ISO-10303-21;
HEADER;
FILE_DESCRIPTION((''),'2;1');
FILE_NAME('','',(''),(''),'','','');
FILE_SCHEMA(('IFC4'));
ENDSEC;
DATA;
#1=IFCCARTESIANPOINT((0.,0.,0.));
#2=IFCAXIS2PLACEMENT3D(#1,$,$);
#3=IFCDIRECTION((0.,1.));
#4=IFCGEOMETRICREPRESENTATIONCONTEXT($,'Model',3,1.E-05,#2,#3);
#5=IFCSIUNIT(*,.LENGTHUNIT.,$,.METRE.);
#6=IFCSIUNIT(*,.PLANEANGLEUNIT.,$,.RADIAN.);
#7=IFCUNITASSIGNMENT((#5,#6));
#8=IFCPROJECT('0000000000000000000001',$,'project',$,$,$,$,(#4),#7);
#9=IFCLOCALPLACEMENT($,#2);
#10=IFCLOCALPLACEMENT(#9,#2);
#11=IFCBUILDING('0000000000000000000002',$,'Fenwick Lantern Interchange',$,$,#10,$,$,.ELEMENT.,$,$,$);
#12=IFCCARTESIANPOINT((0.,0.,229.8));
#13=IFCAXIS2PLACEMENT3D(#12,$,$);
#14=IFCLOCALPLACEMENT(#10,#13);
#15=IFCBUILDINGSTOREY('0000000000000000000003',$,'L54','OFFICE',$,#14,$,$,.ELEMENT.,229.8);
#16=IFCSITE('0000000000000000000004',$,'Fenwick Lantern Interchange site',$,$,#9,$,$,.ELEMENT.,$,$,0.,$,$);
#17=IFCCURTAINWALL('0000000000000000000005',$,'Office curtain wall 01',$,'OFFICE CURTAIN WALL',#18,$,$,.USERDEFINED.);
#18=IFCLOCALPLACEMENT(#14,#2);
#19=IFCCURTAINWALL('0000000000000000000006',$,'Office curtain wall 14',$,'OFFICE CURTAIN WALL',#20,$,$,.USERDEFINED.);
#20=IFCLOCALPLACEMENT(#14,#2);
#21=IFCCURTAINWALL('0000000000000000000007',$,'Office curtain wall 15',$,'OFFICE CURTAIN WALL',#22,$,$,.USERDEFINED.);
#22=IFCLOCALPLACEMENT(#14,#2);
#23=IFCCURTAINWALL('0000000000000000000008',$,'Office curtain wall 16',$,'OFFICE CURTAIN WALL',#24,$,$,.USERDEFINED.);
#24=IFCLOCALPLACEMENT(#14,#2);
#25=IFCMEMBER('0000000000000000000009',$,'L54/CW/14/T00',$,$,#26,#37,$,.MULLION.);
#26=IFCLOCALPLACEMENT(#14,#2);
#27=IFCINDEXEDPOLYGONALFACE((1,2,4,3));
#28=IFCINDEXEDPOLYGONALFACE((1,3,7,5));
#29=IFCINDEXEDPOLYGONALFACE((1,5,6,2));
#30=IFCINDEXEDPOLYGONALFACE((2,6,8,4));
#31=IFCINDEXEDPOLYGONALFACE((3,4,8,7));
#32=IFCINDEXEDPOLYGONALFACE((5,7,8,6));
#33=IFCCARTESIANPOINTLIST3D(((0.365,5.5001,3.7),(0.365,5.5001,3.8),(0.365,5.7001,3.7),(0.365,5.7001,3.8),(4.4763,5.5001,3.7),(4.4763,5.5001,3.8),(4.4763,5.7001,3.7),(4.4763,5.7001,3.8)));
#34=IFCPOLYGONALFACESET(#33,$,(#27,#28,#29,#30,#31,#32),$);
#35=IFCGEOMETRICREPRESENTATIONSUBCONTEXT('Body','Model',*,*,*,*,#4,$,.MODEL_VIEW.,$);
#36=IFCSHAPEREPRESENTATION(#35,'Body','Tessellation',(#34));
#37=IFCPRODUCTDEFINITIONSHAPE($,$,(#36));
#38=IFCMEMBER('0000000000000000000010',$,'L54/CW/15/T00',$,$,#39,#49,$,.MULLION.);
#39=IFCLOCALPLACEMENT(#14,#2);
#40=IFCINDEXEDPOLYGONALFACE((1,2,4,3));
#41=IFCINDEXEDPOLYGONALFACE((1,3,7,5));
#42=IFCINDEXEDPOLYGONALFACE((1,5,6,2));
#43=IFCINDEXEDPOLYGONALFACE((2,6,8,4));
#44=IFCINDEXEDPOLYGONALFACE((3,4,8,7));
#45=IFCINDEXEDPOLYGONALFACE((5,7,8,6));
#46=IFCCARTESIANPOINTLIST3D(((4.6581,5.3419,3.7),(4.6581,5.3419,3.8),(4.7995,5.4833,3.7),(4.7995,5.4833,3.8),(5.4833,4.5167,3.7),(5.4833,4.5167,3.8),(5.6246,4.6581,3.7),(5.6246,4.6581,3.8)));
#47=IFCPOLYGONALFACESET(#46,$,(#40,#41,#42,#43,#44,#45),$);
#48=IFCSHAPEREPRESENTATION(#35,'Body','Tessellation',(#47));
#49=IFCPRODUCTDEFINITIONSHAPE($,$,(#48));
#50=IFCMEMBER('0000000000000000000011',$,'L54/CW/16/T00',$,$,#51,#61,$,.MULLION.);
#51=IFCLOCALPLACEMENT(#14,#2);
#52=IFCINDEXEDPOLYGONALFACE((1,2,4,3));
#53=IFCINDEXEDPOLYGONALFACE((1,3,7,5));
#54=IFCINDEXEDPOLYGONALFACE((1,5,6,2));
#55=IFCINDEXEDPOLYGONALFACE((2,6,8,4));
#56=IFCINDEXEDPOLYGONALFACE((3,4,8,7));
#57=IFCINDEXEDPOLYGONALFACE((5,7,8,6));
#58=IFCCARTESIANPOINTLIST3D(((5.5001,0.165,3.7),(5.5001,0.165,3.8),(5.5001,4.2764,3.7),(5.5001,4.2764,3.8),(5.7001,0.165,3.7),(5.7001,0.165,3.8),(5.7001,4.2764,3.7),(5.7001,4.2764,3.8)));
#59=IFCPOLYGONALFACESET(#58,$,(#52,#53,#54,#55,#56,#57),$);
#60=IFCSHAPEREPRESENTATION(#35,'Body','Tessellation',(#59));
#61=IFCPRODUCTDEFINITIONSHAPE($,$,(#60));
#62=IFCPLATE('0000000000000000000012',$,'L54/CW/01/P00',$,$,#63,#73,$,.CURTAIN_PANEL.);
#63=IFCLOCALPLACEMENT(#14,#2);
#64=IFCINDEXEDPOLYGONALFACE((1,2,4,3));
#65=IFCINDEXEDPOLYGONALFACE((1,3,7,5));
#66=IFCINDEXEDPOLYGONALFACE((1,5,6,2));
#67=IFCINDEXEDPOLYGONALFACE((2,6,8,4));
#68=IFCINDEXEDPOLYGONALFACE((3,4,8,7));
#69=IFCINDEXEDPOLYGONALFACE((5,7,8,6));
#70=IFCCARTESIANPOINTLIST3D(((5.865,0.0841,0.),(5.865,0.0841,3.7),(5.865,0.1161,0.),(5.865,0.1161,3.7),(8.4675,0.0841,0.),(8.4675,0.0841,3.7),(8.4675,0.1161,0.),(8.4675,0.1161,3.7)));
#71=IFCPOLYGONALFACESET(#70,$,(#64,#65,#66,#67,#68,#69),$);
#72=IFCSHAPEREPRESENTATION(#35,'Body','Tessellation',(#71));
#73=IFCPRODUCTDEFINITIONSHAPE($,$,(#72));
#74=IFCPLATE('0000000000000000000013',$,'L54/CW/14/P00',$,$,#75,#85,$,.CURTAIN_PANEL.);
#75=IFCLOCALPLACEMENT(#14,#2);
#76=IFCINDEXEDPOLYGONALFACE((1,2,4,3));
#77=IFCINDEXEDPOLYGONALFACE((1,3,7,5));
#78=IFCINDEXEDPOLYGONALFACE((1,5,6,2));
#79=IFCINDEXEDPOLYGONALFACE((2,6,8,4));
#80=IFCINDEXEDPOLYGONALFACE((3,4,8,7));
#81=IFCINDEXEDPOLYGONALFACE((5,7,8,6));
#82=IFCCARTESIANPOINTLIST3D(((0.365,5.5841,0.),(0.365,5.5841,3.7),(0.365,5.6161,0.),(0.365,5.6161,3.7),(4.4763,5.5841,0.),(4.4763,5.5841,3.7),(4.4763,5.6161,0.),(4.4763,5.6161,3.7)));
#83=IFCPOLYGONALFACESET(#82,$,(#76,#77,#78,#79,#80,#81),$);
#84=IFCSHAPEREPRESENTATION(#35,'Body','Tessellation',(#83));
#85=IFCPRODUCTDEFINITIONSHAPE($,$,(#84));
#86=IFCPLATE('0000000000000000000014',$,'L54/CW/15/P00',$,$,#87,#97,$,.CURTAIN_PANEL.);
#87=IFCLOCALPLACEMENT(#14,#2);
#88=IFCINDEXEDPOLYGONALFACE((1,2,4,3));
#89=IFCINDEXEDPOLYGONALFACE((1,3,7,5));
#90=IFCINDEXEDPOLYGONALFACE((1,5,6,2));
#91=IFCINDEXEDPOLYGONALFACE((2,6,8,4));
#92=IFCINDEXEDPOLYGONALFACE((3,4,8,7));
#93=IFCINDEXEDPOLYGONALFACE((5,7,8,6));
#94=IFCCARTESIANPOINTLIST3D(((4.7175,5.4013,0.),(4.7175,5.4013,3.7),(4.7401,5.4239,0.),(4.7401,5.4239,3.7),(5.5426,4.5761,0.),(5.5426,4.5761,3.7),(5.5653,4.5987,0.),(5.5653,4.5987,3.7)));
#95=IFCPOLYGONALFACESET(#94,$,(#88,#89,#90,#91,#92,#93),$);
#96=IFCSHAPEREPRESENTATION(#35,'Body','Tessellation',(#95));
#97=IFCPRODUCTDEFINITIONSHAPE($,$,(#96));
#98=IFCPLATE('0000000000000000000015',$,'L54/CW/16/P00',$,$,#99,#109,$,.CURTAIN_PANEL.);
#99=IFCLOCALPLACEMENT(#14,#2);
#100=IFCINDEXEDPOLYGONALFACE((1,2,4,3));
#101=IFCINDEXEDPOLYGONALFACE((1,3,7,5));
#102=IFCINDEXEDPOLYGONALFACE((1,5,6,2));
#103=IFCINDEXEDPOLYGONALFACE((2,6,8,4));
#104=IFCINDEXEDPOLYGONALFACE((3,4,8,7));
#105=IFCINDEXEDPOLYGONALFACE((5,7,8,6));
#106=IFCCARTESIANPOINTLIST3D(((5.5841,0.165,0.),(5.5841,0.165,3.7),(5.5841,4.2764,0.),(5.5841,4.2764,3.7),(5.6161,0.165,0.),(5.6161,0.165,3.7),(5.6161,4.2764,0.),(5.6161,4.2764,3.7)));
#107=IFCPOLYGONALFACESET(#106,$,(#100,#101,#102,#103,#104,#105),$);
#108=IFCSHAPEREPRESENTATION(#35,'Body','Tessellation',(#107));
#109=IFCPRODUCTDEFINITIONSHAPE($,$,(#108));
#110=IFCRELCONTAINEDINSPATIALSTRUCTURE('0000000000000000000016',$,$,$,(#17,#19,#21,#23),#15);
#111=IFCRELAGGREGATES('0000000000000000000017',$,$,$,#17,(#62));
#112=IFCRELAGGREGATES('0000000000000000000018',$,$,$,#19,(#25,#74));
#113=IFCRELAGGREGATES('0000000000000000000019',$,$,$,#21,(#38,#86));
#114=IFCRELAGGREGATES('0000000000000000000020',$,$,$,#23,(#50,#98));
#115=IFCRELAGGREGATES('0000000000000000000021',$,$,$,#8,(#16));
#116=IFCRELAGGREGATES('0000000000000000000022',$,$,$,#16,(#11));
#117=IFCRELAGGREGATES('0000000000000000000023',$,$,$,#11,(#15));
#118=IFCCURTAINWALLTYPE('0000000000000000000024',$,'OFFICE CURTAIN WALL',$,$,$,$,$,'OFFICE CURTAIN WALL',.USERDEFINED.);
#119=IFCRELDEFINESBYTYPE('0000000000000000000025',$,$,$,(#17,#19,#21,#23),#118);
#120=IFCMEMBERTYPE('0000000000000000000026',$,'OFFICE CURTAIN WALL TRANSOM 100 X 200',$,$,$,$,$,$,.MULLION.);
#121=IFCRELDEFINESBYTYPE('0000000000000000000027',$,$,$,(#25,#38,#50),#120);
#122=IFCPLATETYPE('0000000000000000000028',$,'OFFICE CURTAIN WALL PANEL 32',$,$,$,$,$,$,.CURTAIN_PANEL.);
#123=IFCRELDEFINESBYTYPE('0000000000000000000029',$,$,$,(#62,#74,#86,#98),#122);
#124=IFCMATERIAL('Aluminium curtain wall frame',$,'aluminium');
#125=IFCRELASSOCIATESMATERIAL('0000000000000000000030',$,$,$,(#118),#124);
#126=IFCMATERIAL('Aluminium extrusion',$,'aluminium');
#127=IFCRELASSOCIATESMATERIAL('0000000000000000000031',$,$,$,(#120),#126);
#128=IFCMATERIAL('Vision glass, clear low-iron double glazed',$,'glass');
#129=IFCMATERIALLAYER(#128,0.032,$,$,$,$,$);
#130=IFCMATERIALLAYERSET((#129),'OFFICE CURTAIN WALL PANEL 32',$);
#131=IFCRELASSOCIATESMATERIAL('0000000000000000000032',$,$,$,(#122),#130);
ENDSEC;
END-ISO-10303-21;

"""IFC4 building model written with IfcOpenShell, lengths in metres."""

from ifc_helpers import new_model, si_unit, direction, frame, origin, origin_2d, place, context, subcontext, project, spatial, rectangle, extrude, material, layer, layer_set, material_profile, profile_set, type_object, element, aggregate, save


model = new_model("IFC4")

# Units and contexts
model_context = context("Model", 3, precision=1e-05, world=origin(), true_north=direction((0.0, 1.0)))
body_context = subcontext(model_context, "Body", "Model", "MODEL_VIEW")
ifc_project = project(units=[si_unit("LENGTHUNIT", "METRE"), si_unit("PLANEANGLEUNIT", "RADIAN")], contexts=[model_context])

# Site, building, storey
site_placement = place(None, origin())
site = spatial("IfcSite", under=ifc_project, at=site_placement, Name="Fenwick Lantern Interchange site", CompositionType="ELEMENT", RefElevation=0.0)
building_placement = place(site_placement, origin())
building = spatial("IfcBuilding", under=site, at=building_placement, Name="Fenwick Lantern Interchange", CompositionType="ELEMENT")
storey_placement = place(building_placement, frame((0.0, 0.0, 229.8)))
storey = spatial("IfcBuildingStorey", under=building, at=storey_placement, Name="L54", Description="OFFICE", CompositionType="ELEMENT", Elevation=229.8)

# Curtain wall
ifc_material_1 = material(Name="Aluminium curtain wall frame", Category="aluminium")
curtain_wall_type = type_object("IfcCurtainWallType", Name="OFFICE CURTAIN WALL", ElementType="OFFICE CURTAIN WALL", PredefinedType="USERDEFINED", material=ifc_material_1)
curtain_wall_1_placement = place(storey_placement, origin())
curtain_wall_1 = element("IfcCurtainWall", 1, at=curtain_wall_1_placement, inside=storey, type_object=curtain_wall_type, Name="Office curtain wall 01", ObjectType="OFFICE CURTAIN WALL", PredefinedType="USERDEFINED")
ifc_material_2 = material(Name="Aluminium extrusion", Category="aluminium")

# Curtain walls
curtain_wall_2_placement = place(storey_placement, origin())
curtain_wall_2 = element("IfcCurtainWall", 2, at=curtain_wall_2_placement, inside=storey, type_object=curtain_wall_type, Name="Office curtain wall 14", ObjectType="OFFICE CURTAIN WALL", PredefinedType="USERDEFINED")
curtain_wall_3_placement = place(storey_placement, origin())
curtain_wall_3 = element("IfcCurtainWall", 3, at=curtain_wall_3_placement, inside=storey, type_object=curtain_wall_type, Name="Office curtain wall 15", ObjectType="OFFICE CURTAIN WALL", PredefinedType="USERDEFINED")
curtain_wall_4_placement = place(storey_placement, origin())
curtain_wall_4 = element("IfcCurtainWall", 4, at=curtain_wall_4_placement, inside=storey, type_object=curtain_wall_type, Name="Office curtain wall 16", ObjectType="OFFICE CURTAIN WALL", PredefinedType="USERDEFINED")

# Members
ifc_material_profile_1 = material_profile(ifc_material_2, rectangle(XDim=0.2, YDim=0.1001, at=origin_2d()), Name="OFFICE CURTAIN WALL TRANSOM 100 X 200")
ifc_profile_set_1 = profile_set([ifc_material_profile_1], Name="Aluminium extrusion")
member_type_1 = type_object("IfcMemberType", Name="OFFICE CURTAIN WALL TRANSOM 100 X 200", PredefinedType="MULLION", material=ifc_profile_set_1)
member_1_placement = place(storey_placement, frame((0.365, 5.6001, 3.75), z_axis=(1.0, 0.0, 0.0), x_axis=(0.0, 1.0, 0.0)))
member_1 = element("IfcMember", 5, at=member_1_placement, type_object=member_type_1, Name="L54/CW/14/T00", PredefinedType="MULLION", context=body_context, shape_type="SweptSolid", body=[
    extrude(rectangle(XDim=0.2, YDim=0.1001, at=origin_2d()), origin(), (0.0, 0.0, 1.0), 4.1113),
])
member_2_placement = place(storey_placement, frame((4.7288, 5.4126, 3.75), z_axis=(0.707107, -0.707107, 0.0), x_axis=(0.707107, 0.707107, 0.0)))
member_2 = element("IfcMember", 6, at=member_2_placement, type_object=member_type_1, Name="L54/CW/15/T00", PredefinedType="MULLION", context=body_context, shape_type="SweptSolid", body=[
    extrude(rectangle(XDim=0.2, YDim=0.1001, at=origin_2d()), origin(), (0.0, 0.0, 1.0), 1.167),
])
member_3_placement = place(storey_placement, frame((5.6001, 4.2764, 3.75), z_axis=(0.0, -1.0, 0.0), x_axis=(1.0, 0.0, 0.0)))
member_3 = element("IfcMember", 7, at=member_3_placement, type_object=member_type_1, Name="L54/CW/16/T00", PredefinedType="MULLION", context=body_context, shape_type="SweptSolid", body=[
    extrude(rectangle(XDim=0.2, YDim=0.1001, at=origin_2d()), origin(), (0.0, 0.0, 1.0), 4.1113),
])

# Plates
ifc_material_3 = material(Name="Vision glass, clear low-iron double glazed", Category="glass")
ifc_layer_1 = layer(ifc_material_3, 0.032)
ifc_layer_set_1 = layer_set([ifc_layer_1], Name="OFFICE CURTAIN WALL PANEL 32")
plate_type = type_object("IfcPlateType", Name="OFFICE CURTAIN WALL PANEL 32", PredefinedType="CURTAIN_PANEL", material=ifc_layer_set_1)
plate_1_placement = place(storey_placement, frame((7.1663, 0.1001, 0.0), z_axis=(0.0, 0.0, 1.0), x_axis=(1.0, 0.0, 0.0)))
plate_1 = element("IfcPlate", 8, at=plate_1_placement, type_object=plate_type, Name="L54/CW/01/P00", PredefinedType="CURTAIN_PANEL", context=body_context, shape_type="SweptSolid", body=[
    extrude(rectangle(XDim=2.6025, YDim=0.032, at=origin_2d()), origin(), (0.0, 0.0, 1.0), 3.7),
])
aggregate(curtain_wall_1, [plate_1])
plate_2_placement = place(storey_placement, frame((2.4207, 5.6001, 0.0), z_axis=(0.0, 0.0, 1.0), x_axis=(1.0, 0.0, 0.0)))
plate_2 = element("IfcPlate", 9, at=plate_2_placement, type_object=plate_type, Name="L54/CW/14/P00", PredefinedType="CURTAIN_PANEL", context=body_context, shape_type="SweptSolid", body=[
    extrude(rectangle(XDim=4.1113, YDim=0.032, at=origin_2d()), origin(), (0.0, 0.0, 1.0), 3.7),
])
aggregate(curtain_wall_2, [member_1, plate_2])
plate_3_placement = place(storey_placement, frame((5.1414, 5.0, 0.0), z_axis=(0.0, 0.0, 1.0), x_axis=(0.707107, -0.707107, 0.0)))
plate_3 = element("IfcPlate", 10, at=plate_3_placement, type_object=plate_type, Name="L54/CW/15/P00", PredefinedType="CURTAIN_PANEL", context=body_context, shape_type="SweptSolid", body=[
    extrude(rectangle(XDim=1.167, YDim=0.032, at=origin_2d()), origin(), (0.0, 0.0, 1.0), 3.7),
])
aggregate(curtain_wall_3, [member_2, plate_3])
plate_4_placement = place(storey_placement, frame((5.6001, 2.2207, 0.0), z_axis=(0.0, 0.0, 1.0), x_axis=(0.0, -1.0, 0.0)))
plate_4 = element("IfcPlate", 11, at=plate_4_placement, type_object=plate_type, Name="L54/CW/16/P00", PredefinedType="CURTAIN_PANEL", context=body_context, shape_type="SweptSolid", body=[
    extrude(rectangle(XDim=4.1113, YDim=0.032, at=origin_2d()), origin(), (0.0, 0.0, 1.0), 3.7),
])
aggregate(curtain_wall_4, [member_3, plate_4])

save(model, "model.ifc")
